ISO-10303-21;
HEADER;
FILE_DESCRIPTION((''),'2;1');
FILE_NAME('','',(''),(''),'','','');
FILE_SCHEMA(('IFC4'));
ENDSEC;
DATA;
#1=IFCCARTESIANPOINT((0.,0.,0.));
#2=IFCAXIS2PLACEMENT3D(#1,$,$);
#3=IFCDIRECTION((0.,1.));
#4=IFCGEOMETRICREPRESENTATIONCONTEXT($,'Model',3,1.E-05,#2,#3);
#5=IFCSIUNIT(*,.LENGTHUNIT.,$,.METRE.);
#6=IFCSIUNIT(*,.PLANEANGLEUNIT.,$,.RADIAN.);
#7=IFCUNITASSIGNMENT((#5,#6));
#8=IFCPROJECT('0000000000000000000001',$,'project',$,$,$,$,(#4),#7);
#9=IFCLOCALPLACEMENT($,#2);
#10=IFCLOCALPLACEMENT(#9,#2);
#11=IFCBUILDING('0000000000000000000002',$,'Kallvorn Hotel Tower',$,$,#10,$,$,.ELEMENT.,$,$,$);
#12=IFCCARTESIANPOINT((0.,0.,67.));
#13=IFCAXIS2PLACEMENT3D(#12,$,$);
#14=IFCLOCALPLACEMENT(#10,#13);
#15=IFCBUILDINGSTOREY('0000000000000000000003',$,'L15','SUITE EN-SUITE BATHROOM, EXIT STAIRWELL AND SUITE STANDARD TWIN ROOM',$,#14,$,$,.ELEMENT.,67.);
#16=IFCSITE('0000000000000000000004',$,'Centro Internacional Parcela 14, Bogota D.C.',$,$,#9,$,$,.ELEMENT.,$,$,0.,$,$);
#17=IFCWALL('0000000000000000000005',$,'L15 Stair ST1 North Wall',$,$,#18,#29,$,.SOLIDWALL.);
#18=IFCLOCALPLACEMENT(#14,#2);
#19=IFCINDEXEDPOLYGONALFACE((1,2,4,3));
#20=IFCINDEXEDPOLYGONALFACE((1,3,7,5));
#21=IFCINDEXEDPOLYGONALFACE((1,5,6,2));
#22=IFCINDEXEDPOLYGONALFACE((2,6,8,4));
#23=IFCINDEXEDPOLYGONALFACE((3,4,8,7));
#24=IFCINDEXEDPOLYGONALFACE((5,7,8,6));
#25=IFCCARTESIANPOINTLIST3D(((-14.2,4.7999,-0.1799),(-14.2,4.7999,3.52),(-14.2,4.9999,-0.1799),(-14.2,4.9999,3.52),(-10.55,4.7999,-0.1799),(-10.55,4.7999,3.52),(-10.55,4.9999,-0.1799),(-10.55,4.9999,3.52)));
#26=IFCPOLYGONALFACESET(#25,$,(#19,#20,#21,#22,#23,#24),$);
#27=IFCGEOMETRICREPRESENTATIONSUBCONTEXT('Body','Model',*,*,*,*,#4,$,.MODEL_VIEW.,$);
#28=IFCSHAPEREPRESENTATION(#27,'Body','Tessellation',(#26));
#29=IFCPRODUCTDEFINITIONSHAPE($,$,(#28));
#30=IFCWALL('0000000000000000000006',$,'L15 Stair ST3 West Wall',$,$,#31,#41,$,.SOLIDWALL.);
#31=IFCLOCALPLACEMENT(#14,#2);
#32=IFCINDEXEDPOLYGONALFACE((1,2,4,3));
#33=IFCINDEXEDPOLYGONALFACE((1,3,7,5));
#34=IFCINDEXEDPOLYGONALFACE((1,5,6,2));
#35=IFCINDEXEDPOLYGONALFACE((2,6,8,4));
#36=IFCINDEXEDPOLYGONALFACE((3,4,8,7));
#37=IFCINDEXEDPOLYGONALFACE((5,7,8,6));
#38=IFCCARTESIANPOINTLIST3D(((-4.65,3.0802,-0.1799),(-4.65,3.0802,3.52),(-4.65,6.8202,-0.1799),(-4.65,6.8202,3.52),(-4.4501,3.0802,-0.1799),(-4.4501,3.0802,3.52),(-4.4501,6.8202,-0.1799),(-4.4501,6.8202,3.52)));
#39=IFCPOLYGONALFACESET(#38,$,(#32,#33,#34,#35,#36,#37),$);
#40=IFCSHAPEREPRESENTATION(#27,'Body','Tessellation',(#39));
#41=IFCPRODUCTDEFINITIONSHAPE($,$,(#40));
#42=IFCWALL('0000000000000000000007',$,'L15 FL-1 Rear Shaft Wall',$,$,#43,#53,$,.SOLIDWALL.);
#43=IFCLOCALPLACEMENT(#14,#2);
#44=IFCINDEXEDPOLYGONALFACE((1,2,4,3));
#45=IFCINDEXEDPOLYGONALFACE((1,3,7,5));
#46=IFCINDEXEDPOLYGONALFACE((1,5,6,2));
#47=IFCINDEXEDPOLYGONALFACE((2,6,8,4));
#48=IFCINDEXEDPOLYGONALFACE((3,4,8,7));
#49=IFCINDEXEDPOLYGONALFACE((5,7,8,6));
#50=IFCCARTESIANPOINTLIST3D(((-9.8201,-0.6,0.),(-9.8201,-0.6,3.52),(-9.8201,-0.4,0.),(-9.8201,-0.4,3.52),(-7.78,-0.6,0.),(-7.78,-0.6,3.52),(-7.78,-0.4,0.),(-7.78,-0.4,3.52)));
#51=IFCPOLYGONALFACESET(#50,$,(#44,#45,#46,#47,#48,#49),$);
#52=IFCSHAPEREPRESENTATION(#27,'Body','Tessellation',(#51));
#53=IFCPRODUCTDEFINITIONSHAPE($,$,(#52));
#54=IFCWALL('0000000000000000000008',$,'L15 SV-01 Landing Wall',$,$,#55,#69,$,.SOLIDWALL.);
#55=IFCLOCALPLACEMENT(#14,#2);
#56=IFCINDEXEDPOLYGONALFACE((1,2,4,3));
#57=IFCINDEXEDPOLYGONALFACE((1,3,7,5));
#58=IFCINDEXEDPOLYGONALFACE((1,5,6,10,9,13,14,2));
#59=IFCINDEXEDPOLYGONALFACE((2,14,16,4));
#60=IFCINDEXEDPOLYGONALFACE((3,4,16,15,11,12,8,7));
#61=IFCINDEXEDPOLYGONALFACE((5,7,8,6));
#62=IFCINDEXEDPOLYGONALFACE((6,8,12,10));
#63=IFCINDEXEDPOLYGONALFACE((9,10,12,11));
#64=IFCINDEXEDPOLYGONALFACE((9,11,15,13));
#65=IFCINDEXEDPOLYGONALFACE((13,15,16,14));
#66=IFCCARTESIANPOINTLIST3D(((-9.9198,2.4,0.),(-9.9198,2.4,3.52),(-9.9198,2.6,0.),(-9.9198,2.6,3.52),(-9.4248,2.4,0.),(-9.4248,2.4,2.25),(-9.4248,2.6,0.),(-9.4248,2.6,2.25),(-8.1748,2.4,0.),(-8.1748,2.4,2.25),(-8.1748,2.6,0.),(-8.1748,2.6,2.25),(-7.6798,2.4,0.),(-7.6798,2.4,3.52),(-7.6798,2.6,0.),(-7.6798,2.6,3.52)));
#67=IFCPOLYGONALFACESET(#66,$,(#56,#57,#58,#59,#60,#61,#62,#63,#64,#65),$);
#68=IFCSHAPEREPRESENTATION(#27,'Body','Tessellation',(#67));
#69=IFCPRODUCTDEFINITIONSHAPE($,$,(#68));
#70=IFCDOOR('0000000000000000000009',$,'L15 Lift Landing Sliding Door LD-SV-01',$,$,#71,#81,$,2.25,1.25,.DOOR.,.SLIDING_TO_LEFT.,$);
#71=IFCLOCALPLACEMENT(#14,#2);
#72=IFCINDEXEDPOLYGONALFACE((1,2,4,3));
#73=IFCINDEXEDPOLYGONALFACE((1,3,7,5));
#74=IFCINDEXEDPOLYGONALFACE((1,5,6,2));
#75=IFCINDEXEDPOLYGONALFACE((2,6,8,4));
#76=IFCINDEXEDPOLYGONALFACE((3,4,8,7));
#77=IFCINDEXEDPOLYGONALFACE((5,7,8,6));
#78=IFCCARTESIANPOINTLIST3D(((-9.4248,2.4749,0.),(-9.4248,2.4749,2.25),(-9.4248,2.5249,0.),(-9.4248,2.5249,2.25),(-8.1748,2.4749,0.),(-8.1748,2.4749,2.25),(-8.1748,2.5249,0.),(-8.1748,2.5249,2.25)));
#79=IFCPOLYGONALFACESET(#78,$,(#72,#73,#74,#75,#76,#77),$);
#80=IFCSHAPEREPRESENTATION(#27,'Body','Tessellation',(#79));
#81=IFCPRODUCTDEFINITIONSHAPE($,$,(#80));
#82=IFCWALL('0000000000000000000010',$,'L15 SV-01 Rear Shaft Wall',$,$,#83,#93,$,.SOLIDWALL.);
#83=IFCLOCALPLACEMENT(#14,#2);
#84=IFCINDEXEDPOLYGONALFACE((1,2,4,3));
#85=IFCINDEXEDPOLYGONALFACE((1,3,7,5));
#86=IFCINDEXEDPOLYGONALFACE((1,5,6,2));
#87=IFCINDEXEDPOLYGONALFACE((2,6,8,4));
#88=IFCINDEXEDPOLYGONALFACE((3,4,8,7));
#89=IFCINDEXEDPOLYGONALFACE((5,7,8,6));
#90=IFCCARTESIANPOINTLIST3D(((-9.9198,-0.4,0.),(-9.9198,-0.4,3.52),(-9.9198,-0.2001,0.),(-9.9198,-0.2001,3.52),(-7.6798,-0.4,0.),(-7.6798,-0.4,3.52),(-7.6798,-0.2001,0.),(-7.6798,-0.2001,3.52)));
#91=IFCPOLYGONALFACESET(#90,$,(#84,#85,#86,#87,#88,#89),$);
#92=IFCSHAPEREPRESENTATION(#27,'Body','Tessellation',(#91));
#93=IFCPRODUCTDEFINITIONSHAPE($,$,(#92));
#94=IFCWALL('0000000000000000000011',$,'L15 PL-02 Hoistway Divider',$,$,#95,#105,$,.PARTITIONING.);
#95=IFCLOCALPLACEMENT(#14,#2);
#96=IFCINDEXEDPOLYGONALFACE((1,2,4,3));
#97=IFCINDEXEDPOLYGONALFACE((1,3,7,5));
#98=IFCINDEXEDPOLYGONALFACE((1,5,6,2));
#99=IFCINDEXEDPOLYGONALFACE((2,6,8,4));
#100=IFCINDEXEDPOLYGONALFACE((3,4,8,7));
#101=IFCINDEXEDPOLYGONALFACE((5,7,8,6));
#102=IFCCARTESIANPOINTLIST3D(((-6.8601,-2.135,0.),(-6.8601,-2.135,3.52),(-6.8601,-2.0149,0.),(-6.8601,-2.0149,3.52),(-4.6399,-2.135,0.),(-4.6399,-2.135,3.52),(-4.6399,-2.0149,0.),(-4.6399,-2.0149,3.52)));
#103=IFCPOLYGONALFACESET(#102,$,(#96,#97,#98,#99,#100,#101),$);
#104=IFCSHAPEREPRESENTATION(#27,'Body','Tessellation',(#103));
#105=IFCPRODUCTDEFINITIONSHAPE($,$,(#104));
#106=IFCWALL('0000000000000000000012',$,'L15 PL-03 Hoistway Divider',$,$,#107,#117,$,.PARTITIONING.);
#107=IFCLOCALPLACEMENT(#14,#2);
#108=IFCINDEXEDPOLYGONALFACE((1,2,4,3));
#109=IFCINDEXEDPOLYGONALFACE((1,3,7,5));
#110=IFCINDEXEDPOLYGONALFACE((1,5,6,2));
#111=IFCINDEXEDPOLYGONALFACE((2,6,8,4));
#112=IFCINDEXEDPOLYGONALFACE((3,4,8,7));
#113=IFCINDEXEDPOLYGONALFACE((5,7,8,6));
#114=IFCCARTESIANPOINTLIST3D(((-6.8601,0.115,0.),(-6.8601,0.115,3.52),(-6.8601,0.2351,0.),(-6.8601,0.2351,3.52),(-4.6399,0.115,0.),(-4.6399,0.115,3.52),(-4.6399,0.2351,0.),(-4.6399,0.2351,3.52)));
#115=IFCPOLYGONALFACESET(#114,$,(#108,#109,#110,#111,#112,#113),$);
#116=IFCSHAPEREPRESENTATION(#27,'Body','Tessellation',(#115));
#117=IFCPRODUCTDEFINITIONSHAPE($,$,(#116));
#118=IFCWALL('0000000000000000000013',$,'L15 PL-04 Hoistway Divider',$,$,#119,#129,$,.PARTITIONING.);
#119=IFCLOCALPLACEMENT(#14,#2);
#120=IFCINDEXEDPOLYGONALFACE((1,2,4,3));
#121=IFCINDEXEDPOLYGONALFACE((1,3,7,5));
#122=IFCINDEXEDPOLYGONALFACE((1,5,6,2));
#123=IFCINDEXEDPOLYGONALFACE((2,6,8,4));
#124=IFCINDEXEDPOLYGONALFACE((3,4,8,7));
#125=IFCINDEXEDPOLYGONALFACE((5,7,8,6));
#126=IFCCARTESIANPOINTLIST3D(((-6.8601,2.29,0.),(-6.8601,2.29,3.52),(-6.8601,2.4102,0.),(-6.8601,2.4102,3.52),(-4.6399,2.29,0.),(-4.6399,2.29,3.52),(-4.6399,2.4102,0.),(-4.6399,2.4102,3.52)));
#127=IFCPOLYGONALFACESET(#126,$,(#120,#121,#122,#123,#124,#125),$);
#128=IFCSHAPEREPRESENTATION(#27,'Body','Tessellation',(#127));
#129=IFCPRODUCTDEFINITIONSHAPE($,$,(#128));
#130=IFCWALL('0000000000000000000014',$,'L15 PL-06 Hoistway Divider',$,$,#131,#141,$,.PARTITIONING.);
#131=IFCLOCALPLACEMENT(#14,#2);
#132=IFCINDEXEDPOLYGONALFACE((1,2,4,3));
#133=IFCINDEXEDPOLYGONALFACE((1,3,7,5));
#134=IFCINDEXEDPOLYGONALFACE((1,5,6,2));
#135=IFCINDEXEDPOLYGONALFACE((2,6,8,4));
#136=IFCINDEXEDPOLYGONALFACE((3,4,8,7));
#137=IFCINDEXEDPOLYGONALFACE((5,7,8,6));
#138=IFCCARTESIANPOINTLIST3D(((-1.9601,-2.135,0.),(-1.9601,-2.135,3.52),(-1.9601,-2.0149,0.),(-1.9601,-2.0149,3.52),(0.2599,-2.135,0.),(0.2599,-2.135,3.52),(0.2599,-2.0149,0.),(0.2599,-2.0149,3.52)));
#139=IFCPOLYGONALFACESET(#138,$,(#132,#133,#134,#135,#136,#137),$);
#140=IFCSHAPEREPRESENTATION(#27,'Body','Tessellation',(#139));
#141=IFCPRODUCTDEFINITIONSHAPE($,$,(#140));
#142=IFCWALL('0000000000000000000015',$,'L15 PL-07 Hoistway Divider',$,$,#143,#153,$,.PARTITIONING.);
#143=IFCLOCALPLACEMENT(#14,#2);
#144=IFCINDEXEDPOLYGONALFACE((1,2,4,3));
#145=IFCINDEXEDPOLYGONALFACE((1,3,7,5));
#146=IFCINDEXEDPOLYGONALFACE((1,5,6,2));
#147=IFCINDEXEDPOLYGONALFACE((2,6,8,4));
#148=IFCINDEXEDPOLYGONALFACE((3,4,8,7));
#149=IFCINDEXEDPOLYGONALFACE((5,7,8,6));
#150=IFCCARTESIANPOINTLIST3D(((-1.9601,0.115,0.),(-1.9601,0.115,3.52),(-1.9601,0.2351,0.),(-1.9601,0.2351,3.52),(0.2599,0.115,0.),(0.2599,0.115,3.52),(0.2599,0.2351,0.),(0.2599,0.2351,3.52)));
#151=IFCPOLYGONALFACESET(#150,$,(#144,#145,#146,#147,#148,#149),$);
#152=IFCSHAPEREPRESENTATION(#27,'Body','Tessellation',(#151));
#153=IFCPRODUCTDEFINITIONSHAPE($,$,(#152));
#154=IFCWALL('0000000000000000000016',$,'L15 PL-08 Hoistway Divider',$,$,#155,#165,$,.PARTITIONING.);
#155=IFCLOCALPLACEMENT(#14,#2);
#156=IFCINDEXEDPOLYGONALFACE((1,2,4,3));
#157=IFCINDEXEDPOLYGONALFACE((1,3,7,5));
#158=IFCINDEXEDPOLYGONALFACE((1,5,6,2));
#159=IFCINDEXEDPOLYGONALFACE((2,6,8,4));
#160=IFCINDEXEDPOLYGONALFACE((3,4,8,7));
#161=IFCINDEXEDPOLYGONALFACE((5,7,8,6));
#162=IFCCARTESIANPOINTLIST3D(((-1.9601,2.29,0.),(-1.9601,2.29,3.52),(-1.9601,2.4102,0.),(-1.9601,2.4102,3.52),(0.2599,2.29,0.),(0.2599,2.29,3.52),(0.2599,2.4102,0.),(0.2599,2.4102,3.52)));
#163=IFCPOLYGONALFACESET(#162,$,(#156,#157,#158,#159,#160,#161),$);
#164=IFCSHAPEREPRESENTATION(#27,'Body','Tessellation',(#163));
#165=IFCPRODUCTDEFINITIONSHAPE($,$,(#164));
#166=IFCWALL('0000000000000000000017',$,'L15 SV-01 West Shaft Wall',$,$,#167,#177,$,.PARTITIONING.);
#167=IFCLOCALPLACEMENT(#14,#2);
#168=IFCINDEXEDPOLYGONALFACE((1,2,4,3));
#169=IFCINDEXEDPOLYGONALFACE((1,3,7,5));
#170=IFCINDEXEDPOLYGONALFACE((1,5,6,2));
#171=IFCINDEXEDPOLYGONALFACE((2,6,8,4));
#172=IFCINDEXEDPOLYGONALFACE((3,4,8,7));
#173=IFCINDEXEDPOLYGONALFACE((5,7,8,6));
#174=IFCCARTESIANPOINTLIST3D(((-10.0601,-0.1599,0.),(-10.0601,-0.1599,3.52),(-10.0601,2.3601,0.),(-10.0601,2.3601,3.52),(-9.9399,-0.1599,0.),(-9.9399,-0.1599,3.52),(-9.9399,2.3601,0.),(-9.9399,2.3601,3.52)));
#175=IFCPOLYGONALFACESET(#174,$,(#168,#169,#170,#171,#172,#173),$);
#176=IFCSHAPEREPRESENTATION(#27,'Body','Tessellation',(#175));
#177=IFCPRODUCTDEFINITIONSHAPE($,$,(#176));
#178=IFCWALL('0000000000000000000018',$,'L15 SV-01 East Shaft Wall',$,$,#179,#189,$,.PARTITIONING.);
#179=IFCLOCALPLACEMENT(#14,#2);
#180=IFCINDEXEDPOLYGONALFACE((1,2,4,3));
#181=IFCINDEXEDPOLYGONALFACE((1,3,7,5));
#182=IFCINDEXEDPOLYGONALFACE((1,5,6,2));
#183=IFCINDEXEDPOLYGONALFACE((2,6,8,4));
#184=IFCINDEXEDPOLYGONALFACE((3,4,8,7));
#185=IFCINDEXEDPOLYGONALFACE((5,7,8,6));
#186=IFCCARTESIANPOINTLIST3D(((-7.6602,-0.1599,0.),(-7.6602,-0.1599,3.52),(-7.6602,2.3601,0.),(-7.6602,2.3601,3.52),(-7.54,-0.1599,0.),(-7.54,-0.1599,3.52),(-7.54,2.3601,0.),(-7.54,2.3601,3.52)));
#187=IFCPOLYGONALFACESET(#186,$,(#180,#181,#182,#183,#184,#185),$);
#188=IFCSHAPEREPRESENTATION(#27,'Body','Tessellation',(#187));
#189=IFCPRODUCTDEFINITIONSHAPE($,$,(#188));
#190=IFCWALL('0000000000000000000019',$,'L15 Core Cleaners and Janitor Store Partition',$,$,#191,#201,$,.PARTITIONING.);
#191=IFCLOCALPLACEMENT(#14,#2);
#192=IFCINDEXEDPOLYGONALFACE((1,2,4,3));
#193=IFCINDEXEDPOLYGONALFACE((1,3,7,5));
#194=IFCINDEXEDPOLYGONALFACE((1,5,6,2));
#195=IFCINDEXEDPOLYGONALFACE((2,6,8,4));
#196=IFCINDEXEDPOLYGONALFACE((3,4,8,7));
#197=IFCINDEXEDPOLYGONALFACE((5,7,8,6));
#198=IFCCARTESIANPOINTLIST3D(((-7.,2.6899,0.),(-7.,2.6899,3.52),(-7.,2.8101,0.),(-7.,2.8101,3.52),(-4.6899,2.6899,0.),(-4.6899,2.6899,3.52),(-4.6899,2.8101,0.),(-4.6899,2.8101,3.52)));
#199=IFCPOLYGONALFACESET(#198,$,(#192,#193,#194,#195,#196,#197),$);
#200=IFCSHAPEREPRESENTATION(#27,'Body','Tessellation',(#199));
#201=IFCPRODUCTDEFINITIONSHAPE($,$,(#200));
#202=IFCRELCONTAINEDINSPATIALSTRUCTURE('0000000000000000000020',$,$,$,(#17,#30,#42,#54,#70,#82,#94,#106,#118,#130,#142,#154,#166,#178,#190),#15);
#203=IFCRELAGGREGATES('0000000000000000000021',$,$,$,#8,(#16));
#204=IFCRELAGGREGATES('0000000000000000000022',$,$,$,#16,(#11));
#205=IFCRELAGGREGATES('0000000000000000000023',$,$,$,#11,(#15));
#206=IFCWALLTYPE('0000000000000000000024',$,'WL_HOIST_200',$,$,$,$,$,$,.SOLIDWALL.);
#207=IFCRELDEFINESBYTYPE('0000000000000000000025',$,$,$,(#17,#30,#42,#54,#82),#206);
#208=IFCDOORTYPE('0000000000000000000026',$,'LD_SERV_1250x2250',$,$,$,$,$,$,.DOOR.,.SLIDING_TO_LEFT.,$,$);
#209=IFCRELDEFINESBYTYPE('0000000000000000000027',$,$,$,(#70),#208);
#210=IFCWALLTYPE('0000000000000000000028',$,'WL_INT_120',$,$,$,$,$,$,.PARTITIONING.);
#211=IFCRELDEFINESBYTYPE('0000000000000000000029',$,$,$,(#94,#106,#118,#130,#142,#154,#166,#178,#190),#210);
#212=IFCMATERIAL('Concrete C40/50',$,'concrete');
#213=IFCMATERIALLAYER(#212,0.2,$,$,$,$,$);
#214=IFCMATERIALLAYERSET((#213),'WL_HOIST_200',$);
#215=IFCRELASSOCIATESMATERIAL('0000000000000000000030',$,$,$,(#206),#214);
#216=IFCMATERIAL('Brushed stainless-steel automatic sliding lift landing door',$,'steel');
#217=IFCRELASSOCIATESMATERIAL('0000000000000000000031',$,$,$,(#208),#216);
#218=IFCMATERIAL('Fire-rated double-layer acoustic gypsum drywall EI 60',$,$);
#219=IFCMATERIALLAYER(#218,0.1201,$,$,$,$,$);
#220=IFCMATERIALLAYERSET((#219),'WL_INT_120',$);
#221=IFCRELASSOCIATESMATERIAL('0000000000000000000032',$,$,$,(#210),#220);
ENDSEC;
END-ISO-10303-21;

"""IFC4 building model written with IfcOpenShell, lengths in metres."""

from ifc_helpers import new_model, si_unit, direction, frame, frame_2d, origin, place, context, subcontext, project, spatial, rectangle, extrude, material, layer, layer_set, type_object, element, fill, save


model = new_model("IFC4")

# Units and contexts
model_context = context("Model", 3, precision=1e-05, world=origin(), true_north=direction((0.0, 1.0)))
body_context = subcontext(model_context, "Body", "Model", "MODEL_VIEW")
ifc_project = project(units=[si_unit("LENGTHUNIT", "METRE"), si_unit("PLANEANGLEUNIT", "RADIAN")], contexts=[model_context])

# Site, building, storey
site_placement = place(None, origin())
site = spatial("IfcSite", under=ifc_project, at=site_placement, Name="Centro Internacional Parcela 14, Bogota D.C.", CompositionType="ELEMENT", RefElevation=0.0)
building_placement = place(site_placement, origin())
building = spatial("IfcBuilding", under=site, at=building_placement, Name="Kallvorn Hotel Tower", CompositionType="ELEMENT")
storey_placement = place(building_placement, frame((0.0, 0.0, 67.0)))
storey = spatial("IfcBuildingStorey", under=building, at=storey_placement, Name="L15", Description="SUITE EN-SUITE BATHROOM, EXIT STAIRWELL AND SUITE STANDARD TWIN ROOM", CompositionType="ELEMENT", Elevation=67.0)

# Walls
ifc_material_1 = material(Name="Concrete C40/50", Category="concrete")
ifc_layer_1 = layer(ifc_material_1, 0.2)
ifc_layer_set_1 = layer_set([ifc_layer_1], Name="WL_HOIST_200")
wall_type_1 = type_object("IfcWallType", Name="WL_HOIST_200", PredefinedType="SOLIDWALL", material=ifc_layer_set_1)
wall_1_placement = place(storey_placement, frame((-14.2, 4.8999, -0.1799), z_axis=(0.0, 0.0, 1.0), x_axis=(1.0, 0.0, 0.0)))
element("IfcWall", 1, at=wall_1_placement, inside=storey, type_object=wall_type_1, Name="L15 Stair ST1 North Wall", PredefinedType="SOLIDWALL", context=body_context, shape_type="SweptSolid", body=[
    extrude(rectangle(XDim=3.6499, YDim=0.2, at=frame_2d((1.825, 0.0))), origin(), (0.0, 0.0, 1.0), 3.7),
])
wall_2_placement = place(storey_placement, frame((-4.55, 3.0801, -0.1799), z_axis=(0.0, 0.0, 1.0), x_axis=(0.0, 1.0, 0.0)))
element("IfcWall", 2, at=wall_2_placement, inside=storey, type_object=wall_type_1, Name="L15 Stair ST3 West Wall", PredefinedType="SOLIDWALL", context=body_context, shape_type="SweptSolid", body=[
    extrude(rectangle(XDim=3.74, YDim=0.2, at=frame_2d((1.8701, 0.0))), origin(), (0.0, 0.0, 1.0), 3.7),
])
wall_3_placement = place(storey_placement, frame((-9.8201, -0.5, 0.0), z_axis=(0.0, 0.0, 1.0), x_axis=(1.0, 0.0, 0.0)))
element("IfcWall", 3, at=wall_3_placement, inside=storey, type_object=wall_type_1, Name="L15 FL-1 Rear Shaft Wall", PredefinedType="SOLIDWALL", context=body_context, shape_type="SweptSolid", body=[
    extrude(rectangle(XDim=2.04, YDim=0.2, at=frame_2d((1.02, 0.0))), origin(), (0.0, 0.0, 1.0), 3.52),
])

# Wall, opening, door
wall_4_placement = place(storey_placement, frame((-9.9199, 2.5, 0.0), z_axis=(0.0, 0.0, 1.0), x_axis=(1.0, 0.0, 0.0)))
wall_4 = element("IfcWall", 4, at=wall_4_placement, inside=storey, type_object=wall_type_1, Name="L15 SV-01 Landing Wall", PredefinedType="SOLIDWALL", context=body_context, shape_type="SweptSolid", body=[
    extrude(rectangle(XDim=2.24, YDim=0.2, at=frame_2d((1.1201, 0.0))), origin(), (0.0, 0.0, 1.0), 3.52),
])
opening_1_placement = place(wall_4_placement, frame((0.4951, 0.0, 0.0)))
opening_1 = element("IfcOpeningElement", 5, at=opening_1_placement, cuts=wall_4, PredefinedType="OPENING", context=body_context, shape_type="SweptSolid", body=[
    extrude(rectangle(XDim=1.25, YDim=2.25, at=frame_2d((0.625, 1.125))), frame((0.0, 0.115, 0.0), z_axis=(0.0, -1.0, 0.0), x_axis=(1.0, 0.0, 0.0)), (0.0, 0.0, 1.0), 0.23),
])
ifc_material_2 = material(Name="Brushed stainless-steel automatic sliding lift landing door", Category="steel")
door_type_1 = type_object("IfcDoorType", Name="LD_SERV_1250x2250", OperationType="SLIDING_TO_LEFT", PredefinedType="DOOR", material=ifc_material_2)
door_1_placement = place(opening_1_placement, origin())
door_1 = element("IfcDoor", 6, at=door_1_placement, inside=storey, type_object=door_type_1, Name="L15 Lift Landing Sliding Door LD-SV-01", OperationType="SLIDING_TO_LEFT", OverallHeight=2.25, OverallWidth=1.25, PredefinedType="DOOR", context=body_context, shape_type="SweptSolid", body=[
    extrude(rectangle(XDim=1.25, YDim=2.25, at=frame_2d((0.625, 1.125))), frame((0.0, 0.0249, 0.0), z_axis=(0.0, -1.0, 0.0), x_axis=(1.0, 0.0, 0.0)), (0.0, 0.0, 1.0), 0.05),
])
fill(opening_1, door_1)

# Walls
wall_5_placement = place(storey_placement, frame((-9.9199, -0.3, 0.0), z_axis=(0.0, 0.0, 1.0), x_axis=(1.0, 0.0, 0.0)))
element("IfcWall", 7, at=wall_5_placement, inside=storey, type_object=wall_type_1, Name="L15 SV-01 Rear Shaft Wall", PredefinedType="SOLIDWALL", context=body_context, shape_type="SweptSolid", body=[
    extrude(rectangle(XDim=2.24, YDim=0.2, at=frame_2d((1.1201, 0.0))), origin(), (0.0, 0.0, 1.0), 3.52),
])
ifc_material_3 = material(Name="Fire-rated double-layer acoustic gypsum drywall EI 60")
ifc_layer_2 = layer(ifc_material_3, 0.1201)
ifc_layer_set_2 = layer_set([ifc_layer_2], Name="WL_INT_120")
wall_type_2 = type_object("IfcWallType", Name="WL_INT_120", PredefinedType="PARTITIONING", material=ifc_layer_set_2)
for number, where, z_axis, x_axis, name in (
    (8, (-6.8601, -2.075, 0.0), (0.0, 0.0, 1.0), (1.0, 0.0, 0.0), "L15 PL-02 Hoistway Divider"),
    (9, (-6.8601, 0.175, 0.0), (0.0, 0.0, 1.0), (1.0, 0.0, 0.0), "L15 PL-03 Hoistway Divider"),
    (10, (-6.8601, 2.3501, 0.0), (0.0, 0.0, 1.0), (1.0, 0.0, 0.0), "L15 PL-04 Hoistway Divider"),
):
    element("IfcWall", number, at=place(storey_placement, frame(where, z_axis=z_axis, x_axis=x_axis)), inside=storey, type_object=wall_type_2, Name=name, PredefinedType="PARTITIONING", context=body_context, shape_type="SweptSolid", body=[
        extrude(rectangle(XDim=2.2202, YDim=0.1201, at=frame_2d((1.1101, 0.0))), origin(), (0.0, 0.0, 1.0), 3.52),
    ])
for number, where, z_axis, x_axis, name in (
    (11, (-1.96, -2.075, 0.0), (0.0, 0.0, 1.0), (1.0, 0.0, 0.0), "L15 PL-06 Hoistway Divider"),
    (12, (-1.96, 0.175, 0.0), (0.0, 0.0, 1.0), (1.0, 0.0, 0.0), "L15 PL-07 Hoistway Divider"),
    (13, (-1.96, 2.3501, 0.0), (0.0, 0.0, 1.0), (1.0, 0.0, 0.0), "L15 PL-08 Hoistway Divider"),
):
    element("IfcWall", number, at=place(storey_placement, frame(where, z_axis=z_axis, x_axis=x_axis)), inside=storey, type_object=wall_type_2, Name=name, PredefinedType="PARTITIONING", context=body_context, shape_type="SweptSolid", body=[
        extrude(rectangle(XDim=2.22, YDim=0.1201, at=frame_2d((1.1099, 0.0))), origin(), (0.0, 0.0, 1.0), 3.52),
    ])
for number, where, z_axis, x_axis, name in (
    (14, (-10.0, -0.1599, 0.0), (0.0, 0.0, 1.0), (0.0, 1.0, 0.0), "L15 SV-01 West Shaft Wall"),
    (15, (-7.6001, -0.1599, 0.0), (0.0, 0.0, 1.0), (0.0, 1.0, 0.0), "L15 SV-01 East Shaft Wall"),
):
    element("IfcWall", number, at=place(storey_placement, frame(where, z_axis=z_axis, x_axis=x_axis)), inside=storey, type_object=wall_type_2, Name=name, PredefinedType="PARTITIONING", context=body_context, shape_type="SweptSolid", body=[
        extrude(rectangle(XDim=2.52, YDim=0.1201, at=frame_2d((1.26, 0.0))), origin(), (0.0, 0.0, 1.0), 3.52),
    ])
wall_6_placement = place(storey_placement, frame((-7.0, 2.75, 0.0), z_axis=(0.0, 0.0, 1.0), x_axis=(1.0, 0.0, 0.0)))
element("IfcWall", 16, at=wall_6_placement, inside=storey, type_object=wall_type_2, Name="L15 Core Cleaners and Janitor Store Partition", PredefinedType="PARTITIONING", context=body_context, shape_type="SweptSolid", body=[
    extrude(rectangle(XDim=2.3101, YDim=0.1201, at=frame_2d((1.155, 0.0))), origin(), (0.0, 0.0, 1.0), 3.52),
])

save(model, "model.ifc")
